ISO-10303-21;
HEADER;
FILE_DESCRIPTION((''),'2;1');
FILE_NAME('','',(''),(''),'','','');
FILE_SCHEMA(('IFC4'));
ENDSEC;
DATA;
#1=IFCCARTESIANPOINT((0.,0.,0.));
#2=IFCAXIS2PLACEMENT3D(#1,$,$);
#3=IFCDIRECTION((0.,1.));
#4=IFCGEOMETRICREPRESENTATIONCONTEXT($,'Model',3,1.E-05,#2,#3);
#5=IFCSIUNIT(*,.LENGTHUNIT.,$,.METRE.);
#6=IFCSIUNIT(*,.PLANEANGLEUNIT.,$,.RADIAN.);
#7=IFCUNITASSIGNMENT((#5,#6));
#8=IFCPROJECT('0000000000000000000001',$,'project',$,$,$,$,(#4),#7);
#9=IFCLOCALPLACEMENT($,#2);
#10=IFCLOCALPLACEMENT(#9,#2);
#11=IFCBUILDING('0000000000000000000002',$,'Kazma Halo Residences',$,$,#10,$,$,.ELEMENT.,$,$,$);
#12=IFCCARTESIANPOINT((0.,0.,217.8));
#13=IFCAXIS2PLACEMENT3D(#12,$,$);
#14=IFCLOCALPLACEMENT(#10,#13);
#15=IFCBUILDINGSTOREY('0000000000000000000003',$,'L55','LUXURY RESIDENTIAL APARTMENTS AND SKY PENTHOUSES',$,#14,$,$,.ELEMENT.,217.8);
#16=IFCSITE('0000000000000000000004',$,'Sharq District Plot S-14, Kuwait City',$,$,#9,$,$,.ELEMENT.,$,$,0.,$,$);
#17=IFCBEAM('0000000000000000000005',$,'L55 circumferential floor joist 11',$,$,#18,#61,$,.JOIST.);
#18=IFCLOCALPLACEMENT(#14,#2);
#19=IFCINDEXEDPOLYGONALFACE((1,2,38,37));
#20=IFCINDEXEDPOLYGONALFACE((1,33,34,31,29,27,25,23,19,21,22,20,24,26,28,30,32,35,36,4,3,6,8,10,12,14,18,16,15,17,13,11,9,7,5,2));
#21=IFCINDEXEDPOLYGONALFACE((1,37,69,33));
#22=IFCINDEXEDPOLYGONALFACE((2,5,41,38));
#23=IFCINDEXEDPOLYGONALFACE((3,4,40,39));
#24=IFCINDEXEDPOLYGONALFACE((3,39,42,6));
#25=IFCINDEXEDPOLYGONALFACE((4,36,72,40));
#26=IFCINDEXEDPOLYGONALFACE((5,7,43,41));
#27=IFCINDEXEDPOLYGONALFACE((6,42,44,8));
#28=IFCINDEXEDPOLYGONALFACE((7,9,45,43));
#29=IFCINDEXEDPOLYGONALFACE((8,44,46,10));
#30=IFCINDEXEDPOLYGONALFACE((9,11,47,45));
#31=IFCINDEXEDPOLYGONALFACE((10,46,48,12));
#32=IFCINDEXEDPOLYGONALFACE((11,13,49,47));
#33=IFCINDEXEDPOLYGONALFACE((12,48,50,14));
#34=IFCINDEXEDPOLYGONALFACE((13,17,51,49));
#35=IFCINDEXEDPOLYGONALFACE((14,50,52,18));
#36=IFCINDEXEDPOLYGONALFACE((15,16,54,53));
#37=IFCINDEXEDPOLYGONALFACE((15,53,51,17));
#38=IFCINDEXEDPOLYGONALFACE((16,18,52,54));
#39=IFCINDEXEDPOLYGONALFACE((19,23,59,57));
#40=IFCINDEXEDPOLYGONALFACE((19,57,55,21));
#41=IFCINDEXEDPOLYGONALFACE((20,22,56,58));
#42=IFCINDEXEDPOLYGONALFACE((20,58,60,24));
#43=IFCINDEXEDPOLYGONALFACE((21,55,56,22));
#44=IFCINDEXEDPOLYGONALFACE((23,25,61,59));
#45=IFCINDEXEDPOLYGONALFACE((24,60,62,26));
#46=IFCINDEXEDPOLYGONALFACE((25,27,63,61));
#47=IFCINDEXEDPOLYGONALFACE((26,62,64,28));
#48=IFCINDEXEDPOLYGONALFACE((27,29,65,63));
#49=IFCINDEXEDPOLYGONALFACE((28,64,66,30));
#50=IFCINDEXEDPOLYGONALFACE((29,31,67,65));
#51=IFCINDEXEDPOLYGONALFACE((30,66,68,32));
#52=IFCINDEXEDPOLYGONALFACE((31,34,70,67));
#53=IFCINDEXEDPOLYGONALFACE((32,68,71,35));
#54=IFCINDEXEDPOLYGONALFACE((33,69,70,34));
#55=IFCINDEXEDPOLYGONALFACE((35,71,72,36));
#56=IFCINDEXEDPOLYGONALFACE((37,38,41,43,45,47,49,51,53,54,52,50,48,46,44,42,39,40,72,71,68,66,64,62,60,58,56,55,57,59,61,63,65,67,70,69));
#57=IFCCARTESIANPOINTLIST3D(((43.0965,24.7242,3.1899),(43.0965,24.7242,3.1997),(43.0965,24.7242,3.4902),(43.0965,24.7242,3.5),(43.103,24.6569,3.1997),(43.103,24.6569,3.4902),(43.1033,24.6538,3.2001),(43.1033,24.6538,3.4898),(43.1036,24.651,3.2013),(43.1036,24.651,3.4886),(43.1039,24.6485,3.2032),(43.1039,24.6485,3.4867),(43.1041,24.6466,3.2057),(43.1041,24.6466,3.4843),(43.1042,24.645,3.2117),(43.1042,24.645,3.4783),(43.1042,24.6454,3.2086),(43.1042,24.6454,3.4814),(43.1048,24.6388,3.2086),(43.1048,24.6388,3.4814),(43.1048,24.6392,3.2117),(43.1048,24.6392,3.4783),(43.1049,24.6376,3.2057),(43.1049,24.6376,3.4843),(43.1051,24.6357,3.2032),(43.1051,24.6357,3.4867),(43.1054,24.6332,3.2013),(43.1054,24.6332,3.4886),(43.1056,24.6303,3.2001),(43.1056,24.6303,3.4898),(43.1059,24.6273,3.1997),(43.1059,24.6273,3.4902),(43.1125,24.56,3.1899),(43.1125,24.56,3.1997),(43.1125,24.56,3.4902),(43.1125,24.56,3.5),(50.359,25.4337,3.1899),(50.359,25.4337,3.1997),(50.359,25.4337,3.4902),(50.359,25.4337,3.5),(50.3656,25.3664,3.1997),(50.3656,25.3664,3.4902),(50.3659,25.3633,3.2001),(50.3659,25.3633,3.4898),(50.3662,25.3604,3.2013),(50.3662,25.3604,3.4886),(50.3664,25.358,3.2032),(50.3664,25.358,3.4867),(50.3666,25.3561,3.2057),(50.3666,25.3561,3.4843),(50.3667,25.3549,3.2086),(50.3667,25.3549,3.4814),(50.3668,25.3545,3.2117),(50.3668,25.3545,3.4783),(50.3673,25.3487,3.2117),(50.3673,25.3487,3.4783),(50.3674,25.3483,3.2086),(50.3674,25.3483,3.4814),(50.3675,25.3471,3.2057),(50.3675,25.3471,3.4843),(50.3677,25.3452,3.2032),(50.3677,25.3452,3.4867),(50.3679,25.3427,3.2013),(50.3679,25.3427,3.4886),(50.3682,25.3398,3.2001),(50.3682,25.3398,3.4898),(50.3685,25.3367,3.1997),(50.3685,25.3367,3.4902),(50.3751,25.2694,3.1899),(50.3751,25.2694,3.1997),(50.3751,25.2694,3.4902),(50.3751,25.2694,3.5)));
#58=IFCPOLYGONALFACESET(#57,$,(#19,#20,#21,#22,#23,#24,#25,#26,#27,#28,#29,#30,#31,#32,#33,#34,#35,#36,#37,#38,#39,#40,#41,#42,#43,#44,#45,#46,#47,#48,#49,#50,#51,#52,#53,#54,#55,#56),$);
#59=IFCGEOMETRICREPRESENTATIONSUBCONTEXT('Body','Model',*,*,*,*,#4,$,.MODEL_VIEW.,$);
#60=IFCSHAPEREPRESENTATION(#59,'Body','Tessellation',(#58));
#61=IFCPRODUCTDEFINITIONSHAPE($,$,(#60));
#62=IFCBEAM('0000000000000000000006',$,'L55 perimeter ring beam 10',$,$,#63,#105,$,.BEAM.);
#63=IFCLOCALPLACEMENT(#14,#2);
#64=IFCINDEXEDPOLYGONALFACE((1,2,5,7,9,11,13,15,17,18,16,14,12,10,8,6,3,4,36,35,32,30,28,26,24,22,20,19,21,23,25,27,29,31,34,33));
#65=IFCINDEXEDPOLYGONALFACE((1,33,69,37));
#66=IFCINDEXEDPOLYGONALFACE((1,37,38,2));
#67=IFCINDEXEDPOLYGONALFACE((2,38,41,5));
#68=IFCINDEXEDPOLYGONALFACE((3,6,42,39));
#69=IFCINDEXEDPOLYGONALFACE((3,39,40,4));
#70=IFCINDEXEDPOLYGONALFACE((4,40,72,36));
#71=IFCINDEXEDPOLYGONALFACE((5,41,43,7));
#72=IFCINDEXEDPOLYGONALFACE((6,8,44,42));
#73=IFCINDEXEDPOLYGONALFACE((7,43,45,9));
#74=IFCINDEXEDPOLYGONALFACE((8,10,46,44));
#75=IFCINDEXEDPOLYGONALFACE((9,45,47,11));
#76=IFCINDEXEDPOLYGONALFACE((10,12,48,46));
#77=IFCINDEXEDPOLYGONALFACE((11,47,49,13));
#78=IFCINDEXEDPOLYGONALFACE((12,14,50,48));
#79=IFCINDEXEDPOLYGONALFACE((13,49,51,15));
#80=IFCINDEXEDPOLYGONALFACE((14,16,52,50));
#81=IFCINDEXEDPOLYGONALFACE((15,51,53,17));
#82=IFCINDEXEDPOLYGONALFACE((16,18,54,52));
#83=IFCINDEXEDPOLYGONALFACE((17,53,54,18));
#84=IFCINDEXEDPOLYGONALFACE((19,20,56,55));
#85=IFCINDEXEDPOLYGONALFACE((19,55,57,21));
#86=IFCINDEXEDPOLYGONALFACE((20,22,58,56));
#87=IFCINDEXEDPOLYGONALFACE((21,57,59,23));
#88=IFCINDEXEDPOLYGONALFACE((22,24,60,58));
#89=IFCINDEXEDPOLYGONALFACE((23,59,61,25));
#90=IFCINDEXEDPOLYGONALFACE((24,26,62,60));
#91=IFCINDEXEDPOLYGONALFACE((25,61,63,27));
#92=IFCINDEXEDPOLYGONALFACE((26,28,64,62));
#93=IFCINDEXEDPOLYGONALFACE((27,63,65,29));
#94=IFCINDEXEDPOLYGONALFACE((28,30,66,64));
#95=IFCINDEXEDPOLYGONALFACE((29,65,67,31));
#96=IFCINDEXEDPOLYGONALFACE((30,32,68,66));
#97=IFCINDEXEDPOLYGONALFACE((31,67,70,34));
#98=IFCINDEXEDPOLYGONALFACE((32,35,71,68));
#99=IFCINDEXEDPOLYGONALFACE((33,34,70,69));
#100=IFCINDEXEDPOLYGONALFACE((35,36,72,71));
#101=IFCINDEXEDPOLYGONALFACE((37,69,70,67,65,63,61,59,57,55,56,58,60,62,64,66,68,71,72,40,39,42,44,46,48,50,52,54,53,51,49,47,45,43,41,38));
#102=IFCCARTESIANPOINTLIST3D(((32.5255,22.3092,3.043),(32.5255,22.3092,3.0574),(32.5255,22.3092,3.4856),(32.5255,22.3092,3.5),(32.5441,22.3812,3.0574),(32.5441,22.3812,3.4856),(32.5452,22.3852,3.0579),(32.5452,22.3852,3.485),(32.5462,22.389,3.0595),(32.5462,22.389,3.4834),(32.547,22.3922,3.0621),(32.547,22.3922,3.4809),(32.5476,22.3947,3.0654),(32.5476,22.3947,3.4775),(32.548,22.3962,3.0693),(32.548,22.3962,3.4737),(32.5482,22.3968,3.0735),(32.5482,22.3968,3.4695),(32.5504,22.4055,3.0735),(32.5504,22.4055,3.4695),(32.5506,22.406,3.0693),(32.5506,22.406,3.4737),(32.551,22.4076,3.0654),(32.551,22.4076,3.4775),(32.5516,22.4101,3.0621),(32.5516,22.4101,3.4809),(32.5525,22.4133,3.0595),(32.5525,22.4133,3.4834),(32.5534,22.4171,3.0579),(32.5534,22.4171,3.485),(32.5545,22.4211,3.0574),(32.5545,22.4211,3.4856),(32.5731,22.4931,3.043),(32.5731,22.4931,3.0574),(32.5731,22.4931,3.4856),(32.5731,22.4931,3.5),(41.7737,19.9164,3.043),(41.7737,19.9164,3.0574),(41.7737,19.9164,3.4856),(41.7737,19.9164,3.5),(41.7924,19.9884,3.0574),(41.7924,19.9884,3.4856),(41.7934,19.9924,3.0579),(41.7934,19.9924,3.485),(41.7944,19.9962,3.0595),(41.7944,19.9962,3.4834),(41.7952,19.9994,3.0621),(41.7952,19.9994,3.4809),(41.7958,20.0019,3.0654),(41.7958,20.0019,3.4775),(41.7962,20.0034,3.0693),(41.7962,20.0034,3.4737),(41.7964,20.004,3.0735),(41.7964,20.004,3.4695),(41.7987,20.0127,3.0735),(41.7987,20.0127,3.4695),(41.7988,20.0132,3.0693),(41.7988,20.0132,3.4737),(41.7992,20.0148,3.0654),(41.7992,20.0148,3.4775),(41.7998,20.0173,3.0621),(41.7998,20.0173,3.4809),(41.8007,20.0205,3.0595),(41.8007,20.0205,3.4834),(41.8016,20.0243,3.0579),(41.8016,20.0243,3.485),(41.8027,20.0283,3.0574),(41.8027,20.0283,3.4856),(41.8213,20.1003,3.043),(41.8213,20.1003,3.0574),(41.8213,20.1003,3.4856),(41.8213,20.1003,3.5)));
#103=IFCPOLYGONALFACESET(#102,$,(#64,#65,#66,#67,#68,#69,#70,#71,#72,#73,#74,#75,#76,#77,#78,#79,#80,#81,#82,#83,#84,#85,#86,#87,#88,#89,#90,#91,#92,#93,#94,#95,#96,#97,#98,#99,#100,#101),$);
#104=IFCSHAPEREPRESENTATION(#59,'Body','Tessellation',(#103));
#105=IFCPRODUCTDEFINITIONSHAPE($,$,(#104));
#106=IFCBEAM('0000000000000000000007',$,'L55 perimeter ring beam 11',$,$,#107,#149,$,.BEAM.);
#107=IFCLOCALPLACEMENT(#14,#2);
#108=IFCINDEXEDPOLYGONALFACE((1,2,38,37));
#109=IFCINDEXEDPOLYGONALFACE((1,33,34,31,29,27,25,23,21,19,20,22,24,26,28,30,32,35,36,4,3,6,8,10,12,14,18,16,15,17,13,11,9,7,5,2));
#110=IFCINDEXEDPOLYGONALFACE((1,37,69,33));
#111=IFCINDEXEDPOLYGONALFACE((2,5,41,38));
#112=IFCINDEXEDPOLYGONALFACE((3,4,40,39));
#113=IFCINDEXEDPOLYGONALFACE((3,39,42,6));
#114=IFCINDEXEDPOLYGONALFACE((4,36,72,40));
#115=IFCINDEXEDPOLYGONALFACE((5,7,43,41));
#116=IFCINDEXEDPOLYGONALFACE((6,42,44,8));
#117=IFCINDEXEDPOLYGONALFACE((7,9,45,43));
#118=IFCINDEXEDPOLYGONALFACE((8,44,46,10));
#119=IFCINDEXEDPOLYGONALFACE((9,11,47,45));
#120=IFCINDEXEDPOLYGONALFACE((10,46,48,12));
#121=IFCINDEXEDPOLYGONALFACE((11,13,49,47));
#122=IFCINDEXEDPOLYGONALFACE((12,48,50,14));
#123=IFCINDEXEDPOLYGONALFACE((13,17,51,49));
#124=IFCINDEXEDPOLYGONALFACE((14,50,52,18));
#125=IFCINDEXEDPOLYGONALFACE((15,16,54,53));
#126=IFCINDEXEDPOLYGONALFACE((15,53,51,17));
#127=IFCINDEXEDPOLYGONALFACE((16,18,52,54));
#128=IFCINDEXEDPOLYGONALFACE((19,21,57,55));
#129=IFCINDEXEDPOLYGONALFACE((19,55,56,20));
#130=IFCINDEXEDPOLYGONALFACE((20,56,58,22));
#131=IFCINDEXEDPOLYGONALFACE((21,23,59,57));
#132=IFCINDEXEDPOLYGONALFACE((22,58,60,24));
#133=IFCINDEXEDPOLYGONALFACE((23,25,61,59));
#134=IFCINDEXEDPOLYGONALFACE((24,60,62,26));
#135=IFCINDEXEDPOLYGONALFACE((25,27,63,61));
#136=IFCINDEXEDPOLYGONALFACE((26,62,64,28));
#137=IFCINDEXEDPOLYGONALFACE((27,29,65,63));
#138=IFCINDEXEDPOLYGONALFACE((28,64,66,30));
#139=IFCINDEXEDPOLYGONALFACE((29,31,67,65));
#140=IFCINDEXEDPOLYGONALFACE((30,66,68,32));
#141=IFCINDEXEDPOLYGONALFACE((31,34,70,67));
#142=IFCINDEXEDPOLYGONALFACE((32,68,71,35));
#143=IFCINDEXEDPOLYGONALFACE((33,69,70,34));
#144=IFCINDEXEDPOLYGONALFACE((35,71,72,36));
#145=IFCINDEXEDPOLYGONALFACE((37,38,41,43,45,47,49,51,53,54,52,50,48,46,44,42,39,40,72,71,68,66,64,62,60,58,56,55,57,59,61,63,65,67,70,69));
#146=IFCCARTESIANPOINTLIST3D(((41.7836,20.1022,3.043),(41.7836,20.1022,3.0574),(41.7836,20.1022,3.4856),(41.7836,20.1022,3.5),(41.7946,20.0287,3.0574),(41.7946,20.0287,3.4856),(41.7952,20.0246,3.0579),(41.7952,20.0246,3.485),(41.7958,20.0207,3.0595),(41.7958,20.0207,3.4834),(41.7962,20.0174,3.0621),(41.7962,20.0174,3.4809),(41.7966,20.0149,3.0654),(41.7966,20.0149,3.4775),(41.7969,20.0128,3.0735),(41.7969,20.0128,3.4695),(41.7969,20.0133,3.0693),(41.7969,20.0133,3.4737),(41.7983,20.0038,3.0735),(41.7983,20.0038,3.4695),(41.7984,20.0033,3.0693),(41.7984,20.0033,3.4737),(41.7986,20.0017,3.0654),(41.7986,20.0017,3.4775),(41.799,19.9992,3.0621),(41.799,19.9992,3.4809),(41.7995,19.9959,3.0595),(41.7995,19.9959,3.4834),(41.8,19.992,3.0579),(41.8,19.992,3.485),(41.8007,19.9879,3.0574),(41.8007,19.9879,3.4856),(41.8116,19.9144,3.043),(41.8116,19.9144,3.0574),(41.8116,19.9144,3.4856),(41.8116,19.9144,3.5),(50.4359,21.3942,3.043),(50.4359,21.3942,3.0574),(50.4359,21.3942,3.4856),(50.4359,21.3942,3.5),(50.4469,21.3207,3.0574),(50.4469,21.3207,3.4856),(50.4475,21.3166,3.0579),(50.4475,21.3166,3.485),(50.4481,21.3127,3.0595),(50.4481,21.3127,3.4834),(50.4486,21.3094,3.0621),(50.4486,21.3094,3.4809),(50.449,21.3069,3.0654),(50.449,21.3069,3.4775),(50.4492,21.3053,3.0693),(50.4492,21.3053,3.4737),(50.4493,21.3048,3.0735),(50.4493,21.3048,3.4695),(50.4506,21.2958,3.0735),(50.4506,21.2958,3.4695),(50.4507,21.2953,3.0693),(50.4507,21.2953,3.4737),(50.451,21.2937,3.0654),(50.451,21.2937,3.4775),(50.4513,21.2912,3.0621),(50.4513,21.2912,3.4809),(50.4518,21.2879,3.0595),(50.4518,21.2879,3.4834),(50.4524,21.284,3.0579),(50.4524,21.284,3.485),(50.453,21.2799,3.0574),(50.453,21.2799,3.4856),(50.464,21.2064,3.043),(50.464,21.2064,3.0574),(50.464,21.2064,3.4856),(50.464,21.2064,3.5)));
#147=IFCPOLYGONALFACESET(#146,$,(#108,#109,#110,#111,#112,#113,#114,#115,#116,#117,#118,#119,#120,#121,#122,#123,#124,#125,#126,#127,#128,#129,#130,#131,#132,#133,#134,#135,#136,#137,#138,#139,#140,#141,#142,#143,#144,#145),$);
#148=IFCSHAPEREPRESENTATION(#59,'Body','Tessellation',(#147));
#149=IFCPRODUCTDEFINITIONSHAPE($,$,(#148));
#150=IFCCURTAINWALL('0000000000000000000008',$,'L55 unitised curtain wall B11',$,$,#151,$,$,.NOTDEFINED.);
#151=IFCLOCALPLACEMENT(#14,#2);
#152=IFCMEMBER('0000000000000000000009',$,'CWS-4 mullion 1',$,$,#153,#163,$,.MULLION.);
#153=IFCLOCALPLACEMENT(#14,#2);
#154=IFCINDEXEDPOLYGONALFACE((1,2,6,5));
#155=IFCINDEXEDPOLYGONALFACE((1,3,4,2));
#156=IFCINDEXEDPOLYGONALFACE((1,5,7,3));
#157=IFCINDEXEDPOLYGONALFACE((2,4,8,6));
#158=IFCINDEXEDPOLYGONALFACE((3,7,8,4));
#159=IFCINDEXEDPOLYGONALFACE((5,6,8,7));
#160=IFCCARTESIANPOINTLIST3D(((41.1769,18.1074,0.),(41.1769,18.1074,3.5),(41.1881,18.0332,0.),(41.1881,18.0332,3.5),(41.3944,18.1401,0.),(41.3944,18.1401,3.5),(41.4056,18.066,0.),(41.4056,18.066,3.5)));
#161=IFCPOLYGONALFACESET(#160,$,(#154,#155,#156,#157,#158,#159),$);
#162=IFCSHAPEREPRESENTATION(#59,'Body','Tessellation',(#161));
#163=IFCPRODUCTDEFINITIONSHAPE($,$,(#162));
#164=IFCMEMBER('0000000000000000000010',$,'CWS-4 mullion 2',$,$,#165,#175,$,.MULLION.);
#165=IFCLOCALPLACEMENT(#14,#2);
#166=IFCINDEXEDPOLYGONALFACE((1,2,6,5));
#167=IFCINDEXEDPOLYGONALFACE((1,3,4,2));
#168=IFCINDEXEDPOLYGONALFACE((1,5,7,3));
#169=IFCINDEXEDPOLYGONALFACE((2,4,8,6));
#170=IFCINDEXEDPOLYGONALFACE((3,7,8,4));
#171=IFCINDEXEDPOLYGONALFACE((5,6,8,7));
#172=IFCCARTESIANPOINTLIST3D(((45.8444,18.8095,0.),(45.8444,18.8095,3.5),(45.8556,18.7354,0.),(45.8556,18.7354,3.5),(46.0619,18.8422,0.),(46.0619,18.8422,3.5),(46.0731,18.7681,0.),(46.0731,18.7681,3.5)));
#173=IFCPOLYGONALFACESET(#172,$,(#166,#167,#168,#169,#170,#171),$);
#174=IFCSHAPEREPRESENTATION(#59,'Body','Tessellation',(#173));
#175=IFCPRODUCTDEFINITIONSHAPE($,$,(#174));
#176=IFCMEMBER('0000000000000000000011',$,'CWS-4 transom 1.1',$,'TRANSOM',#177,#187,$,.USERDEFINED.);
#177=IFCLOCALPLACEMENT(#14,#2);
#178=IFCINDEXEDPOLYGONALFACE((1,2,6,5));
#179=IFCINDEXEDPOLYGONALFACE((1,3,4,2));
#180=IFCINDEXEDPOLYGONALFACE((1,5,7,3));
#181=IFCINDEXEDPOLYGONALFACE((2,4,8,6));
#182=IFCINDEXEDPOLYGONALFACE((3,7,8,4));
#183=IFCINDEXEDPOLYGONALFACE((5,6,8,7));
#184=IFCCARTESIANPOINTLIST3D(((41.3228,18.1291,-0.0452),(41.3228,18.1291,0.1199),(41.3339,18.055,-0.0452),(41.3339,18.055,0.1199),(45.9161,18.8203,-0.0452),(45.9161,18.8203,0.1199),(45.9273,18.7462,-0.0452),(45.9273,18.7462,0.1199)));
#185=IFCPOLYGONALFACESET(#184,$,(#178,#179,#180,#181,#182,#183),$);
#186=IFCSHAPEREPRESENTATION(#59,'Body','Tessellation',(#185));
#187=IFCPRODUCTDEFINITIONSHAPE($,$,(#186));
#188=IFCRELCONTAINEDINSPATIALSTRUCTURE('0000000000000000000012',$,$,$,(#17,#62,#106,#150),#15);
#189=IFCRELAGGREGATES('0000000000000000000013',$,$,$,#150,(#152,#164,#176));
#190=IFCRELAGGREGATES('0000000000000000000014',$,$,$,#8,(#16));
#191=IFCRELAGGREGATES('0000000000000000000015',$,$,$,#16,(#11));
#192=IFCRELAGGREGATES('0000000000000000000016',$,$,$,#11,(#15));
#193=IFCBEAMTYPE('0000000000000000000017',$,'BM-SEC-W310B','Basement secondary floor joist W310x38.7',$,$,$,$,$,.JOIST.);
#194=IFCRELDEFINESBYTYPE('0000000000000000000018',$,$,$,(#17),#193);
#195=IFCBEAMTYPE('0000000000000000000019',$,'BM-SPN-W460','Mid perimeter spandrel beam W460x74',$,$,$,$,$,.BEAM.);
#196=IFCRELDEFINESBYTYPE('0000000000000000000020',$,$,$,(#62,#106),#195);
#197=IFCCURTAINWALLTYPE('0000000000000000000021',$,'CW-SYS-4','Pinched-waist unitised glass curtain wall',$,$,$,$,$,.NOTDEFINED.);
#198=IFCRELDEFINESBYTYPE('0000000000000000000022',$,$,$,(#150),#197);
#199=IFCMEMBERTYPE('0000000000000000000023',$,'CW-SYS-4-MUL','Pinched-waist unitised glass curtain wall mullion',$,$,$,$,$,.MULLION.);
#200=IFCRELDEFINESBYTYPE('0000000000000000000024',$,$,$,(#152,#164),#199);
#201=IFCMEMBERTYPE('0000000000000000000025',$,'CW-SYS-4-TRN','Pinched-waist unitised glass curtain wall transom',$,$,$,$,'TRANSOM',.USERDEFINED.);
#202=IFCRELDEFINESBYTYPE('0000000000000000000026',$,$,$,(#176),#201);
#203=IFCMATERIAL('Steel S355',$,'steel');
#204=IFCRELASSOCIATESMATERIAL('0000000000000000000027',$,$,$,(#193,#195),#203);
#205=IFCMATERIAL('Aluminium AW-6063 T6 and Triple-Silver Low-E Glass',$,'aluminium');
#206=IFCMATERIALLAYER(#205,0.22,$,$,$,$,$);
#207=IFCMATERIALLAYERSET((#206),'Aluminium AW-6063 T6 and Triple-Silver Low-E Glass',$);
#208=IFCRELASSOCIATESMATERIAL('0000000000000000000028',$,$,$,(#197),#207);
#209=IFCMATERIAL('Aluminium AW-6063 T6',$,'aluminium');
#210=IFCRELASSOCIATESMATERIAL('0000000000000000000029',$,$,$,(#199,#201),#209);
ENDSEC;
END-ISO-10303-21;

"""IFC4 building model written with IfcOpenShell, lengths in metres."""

from ifc_helpers import new_model, si_unit, direction, frame, origin, origin_2d, place, context, subcontext, project, spatial, rectangle, i_section, extrude, material, layer, layer_set, material_profile, profile_set, type_object, element, aggregate, save


model = new_model("IFC4")

# Units and contexts
model_context = context("Model", 3, precision=1e-05, world=origin(), true_north=direction((0.0, 1.0)))
body_context = subcontext(model_context, "Body", "Model", "MODEL_VIEW")
ifc_project = project(units=[si_unit("LENGTHUNIT", "METRE"), si_unit("PLANEANGLEUNIT", "RADIAN")], contexts=[model_context])

# Site, building, storey
site_placement = place(None, origin())
site = spatial("IfcSite", under=ifc_project, at=site_placement, Name="Sharq District Plot S-14, Kuwait City", CompositionType="ELEMENT", RefElevation=0.0)
building_placement = place(site_placement, origin())
building = spatial("IfcBuilding", under=site, at=building_placement, Name="Kazma Halo Residences", CompositionType="ELEMENT")
storey_placement = place(building_placement, frame((0.0, 0.0, 217.8)))
storey = spatial("IfcBuildingStorey", under=building, at=storey_placement, Name="L55", Description="LUXURY RESIDENTIAL APARTMENTS AND SKY PENTHOUSES", CompositionType="ELEMENT", Elevation=217.8)

# Beams
ifc_material_1 = material(Name="Steel S355", Category="steel")
ifc_material_profile_1 = material_profile(ifc_material_1, i_section(OverallWidth=0.165, OverallDepth=0.3101, WebThickness=0.0059, FlangeThickness=0.0098, FilletRadius=0.012, at=origin_2d()), Name="W310x38.7")
ifc_profile_set_1 = profile_set([ifc_material_profile_1], Name="Steel S355")
beam_type_1 = type_object("IfcBeamType", Name="BM-SEC-W310B", Description="Basement secondary floor joist W310x38.7", PredefinedType="JOIST", material=ifc_profile_set_1)
beam_1_placement = place(storey_placement, frame((43.1045, 24.6421, 3.345), z_axis=(0.995262, 0.097228, 0.0), x_axis=(-0.097228, 0.995262, 0.0)))
element("IfcBeam", 1, at=beam_1_placement, inside=storey, type_object=beam_type_1, Name="L55 circumferential floor joist 11", PredefinedType="JOIST", context=body_context, shape_type="SweptSolid", body=[
    extrude(i_section(OverallWidth=0.165, OverallDepth=0.3101, WebThickness=0.0059, FlangeThickness=0.0098, FilletRadius=0.012, at=origin_2d()), origin(), (0.0, 0.0, 1.0), 7.2971),
])
ifc_material_profile_2 = material_profile(ifc_material_1, i_section(OverallWidth=0.1899, OverallDepth=0.457, WebThickness=0.009, FlangeThickness=0.0144, FilletRadius=0.0161, at=origin_2d()), Name="W460x74")
ifc_profile_set_2 = profile_set([ifc_material_profile_2], Name="Steel S355")
beam_type_2 = type_object("IfcBeamType", Name="BM-SPN-W460", Description="Mid perimeter spandrel beam W460x74", PredefinedType="BEAM", material=ifc_profile_set_2)
beam_2_placement = place(storey_placement, frame((32.5493, 22.4011, 3.2715), z_axis=(0.968121, -0.250483, 0.0), x_axis=(0.250483, 0.968121, 0.0)))
element("IfcBeam", 2, at=beam_2_placement, inside=storey, type_object=beam_type_2, Name="L55 perimeter ring beam 10", PredefinedType="BEAM", context=body_context, shape_type="SweptSolid", body=[
    extrude(i_section(OverallWidth=0.1899, OverallDepth=0.457, WebThickness=0.009, FlangeThickness=0.0144, FilletRadius=0.0161, at=origin_2d()), origin(), (0.0, 0.0, 1.0), 9.5527),
])
beam_3_placement = place(storey_placement, frame((41.7976, 20.0083, 3.2715), z_axis=(0.989034, 0.147685, 0.0), x_axis=(-0.147685, 0.989034, 0.0)))
element("IfcBeam", 3, at=beam_3_placement, inside=storey, type_object=beam_type_2, Name="L55 perimeter ring beam 11", PredefinedType="BEAM", context=body_context, shape_type="SweptSolid", body=[
    extrude(i_section(OverallWidth=0.1899, OverallDepth=0.457, WebThickness=0.009, FlangeThickness=0.0144, FilletRadius=0.0161, at=origin_2d()), origin(), (0.0, 0.0, 1.0), 8.7483),
])

# Curtain wall, members
ifc_material_2 = material(Name="Aluminium AW-6063 T6 and Triple-Silver Low-E Glass", Category="aluminium")
ifc_layer_1 = layer(ifc_material_2, 0.22)
ifc_layer_set_1 = layer_set([ifc_layer_1], Name="Aluminium AW-6063 T6 and Triple-Silver Low-E Glass")
curtain_wall_type = type_object("IfcCurtainWallType", Name="CW-SYS-4", Description="Pinched-waist unitised glass curtain wall", PredefinedType="NOTDEFINED", material=ifc_layer_set_1)
curtain_wall_placement = place(storey_placement, origin())
curtain_wall = element("IfcCurtainWall", 4, at=curtain_wall_placement, inside=storey, type_object=curtain_wall_type, Name="L55 unitised curtain wall B11", PredefinedType="NOTDEFINED")
ifc_material_3 = material(Name="Aluminium AW-6063 T6", Category="aluminium")
ifc_material_profile_3 = material_profile(ifc_material_3, rectangle(XDim=0.075, YDim=0.22, at=origin_2d()), Name="CWM-75x220")
ifc_profile_set_3 = profile_set([ifc_material_profile_3], Name="Aluminium AW-6063 T6")
member_type_1 = type_object("IfcMemberType", Name="CW-SYS-4-MUL", Description="Pinched-waist unitised glass curtain wall mullion", PredefinedType="MULLION", material=ifc_profile_set_3)
member_1_placement = place(storey_placement, frame((41.2913, 18.0867, 0.0), z_axis=(0.0, 0.0, 1.0), x_axis=(-0.148773, 0.988871, 0.0)))
member_1 = element("IfcMember", 5, at=member_1_placement, type_object=member_type_1, Name="CWS-4 mullion 1", PredefinedType="MULLION", context=body_context, shape_type="SweptSolid", body=[
    extrude(rectangle(XDim=0.075, YDim=0.22, at=origin_2d()), origin(), (0.0, 0.0, 1.0), 3.5),
])
member_2_placement = place(storey_placement, frame((45.9587, 18.7888, 0.0), z_axis=(0.0, 0.0, 1.0), x_axis=(-0.148773, 0.988871, 0.0)))
member_2 = element("IfcMember", 6, at=member_2_placement, type_object=member_type_1, Name="CWS-4 mullion 2", PredefinedType="MULLION", context=body_context, shape_type="SweptSolid", body=[
    extrude(rectangle(XDim=0.075, YDim=0.22, at=origin_2d()), origin(), (0.0, 0.0, 1.0), 3.5),
])
ifc_material_profile_4 = material_profile(ifc_material_3, rectangle(XDim=0.075, YDim=0.165, at=origin_2d()), Name="CWT-75x165")
ifc_profile_set_4 = profile_set([ifc_material_profile_4], Name="Aluminium AW-6063 T6")
member_type_2 = type_object("IfcMemberType", Name="CW-SYS-4-TRN", Description="Pinched-waist unitised glass curtain wall transom", ElementType="TRANSOM", PredefinedType="USERDEFINED", material=ifc_profile_set_4)
member_3_placement = place(storey_placement, frame((41.3284, 18.092, 0.0374), z_axis=(0.988868, 0.148798, 0.0), x_axis=(-0.148798, 0.988868, 0.0)))
member_3 = element("IfcMember", 7, at=member_3_placement, type_object=member_type_2, Name="CWS-4 transom 1.1", ObjectType="TRANSOM", PredefinedType="USERDEFINED", context=body_context, shape_type="SweptSolid", body=[
    extrude(rectangle(XDim=0.075, YDim=0.165, at=origin_2d()), origin(), (0.0, 0.0, 1.0), 4.645),
])
aggregate(curtain_wall, [member_1, member_2, member_3])

save(model, "model.ifc")
